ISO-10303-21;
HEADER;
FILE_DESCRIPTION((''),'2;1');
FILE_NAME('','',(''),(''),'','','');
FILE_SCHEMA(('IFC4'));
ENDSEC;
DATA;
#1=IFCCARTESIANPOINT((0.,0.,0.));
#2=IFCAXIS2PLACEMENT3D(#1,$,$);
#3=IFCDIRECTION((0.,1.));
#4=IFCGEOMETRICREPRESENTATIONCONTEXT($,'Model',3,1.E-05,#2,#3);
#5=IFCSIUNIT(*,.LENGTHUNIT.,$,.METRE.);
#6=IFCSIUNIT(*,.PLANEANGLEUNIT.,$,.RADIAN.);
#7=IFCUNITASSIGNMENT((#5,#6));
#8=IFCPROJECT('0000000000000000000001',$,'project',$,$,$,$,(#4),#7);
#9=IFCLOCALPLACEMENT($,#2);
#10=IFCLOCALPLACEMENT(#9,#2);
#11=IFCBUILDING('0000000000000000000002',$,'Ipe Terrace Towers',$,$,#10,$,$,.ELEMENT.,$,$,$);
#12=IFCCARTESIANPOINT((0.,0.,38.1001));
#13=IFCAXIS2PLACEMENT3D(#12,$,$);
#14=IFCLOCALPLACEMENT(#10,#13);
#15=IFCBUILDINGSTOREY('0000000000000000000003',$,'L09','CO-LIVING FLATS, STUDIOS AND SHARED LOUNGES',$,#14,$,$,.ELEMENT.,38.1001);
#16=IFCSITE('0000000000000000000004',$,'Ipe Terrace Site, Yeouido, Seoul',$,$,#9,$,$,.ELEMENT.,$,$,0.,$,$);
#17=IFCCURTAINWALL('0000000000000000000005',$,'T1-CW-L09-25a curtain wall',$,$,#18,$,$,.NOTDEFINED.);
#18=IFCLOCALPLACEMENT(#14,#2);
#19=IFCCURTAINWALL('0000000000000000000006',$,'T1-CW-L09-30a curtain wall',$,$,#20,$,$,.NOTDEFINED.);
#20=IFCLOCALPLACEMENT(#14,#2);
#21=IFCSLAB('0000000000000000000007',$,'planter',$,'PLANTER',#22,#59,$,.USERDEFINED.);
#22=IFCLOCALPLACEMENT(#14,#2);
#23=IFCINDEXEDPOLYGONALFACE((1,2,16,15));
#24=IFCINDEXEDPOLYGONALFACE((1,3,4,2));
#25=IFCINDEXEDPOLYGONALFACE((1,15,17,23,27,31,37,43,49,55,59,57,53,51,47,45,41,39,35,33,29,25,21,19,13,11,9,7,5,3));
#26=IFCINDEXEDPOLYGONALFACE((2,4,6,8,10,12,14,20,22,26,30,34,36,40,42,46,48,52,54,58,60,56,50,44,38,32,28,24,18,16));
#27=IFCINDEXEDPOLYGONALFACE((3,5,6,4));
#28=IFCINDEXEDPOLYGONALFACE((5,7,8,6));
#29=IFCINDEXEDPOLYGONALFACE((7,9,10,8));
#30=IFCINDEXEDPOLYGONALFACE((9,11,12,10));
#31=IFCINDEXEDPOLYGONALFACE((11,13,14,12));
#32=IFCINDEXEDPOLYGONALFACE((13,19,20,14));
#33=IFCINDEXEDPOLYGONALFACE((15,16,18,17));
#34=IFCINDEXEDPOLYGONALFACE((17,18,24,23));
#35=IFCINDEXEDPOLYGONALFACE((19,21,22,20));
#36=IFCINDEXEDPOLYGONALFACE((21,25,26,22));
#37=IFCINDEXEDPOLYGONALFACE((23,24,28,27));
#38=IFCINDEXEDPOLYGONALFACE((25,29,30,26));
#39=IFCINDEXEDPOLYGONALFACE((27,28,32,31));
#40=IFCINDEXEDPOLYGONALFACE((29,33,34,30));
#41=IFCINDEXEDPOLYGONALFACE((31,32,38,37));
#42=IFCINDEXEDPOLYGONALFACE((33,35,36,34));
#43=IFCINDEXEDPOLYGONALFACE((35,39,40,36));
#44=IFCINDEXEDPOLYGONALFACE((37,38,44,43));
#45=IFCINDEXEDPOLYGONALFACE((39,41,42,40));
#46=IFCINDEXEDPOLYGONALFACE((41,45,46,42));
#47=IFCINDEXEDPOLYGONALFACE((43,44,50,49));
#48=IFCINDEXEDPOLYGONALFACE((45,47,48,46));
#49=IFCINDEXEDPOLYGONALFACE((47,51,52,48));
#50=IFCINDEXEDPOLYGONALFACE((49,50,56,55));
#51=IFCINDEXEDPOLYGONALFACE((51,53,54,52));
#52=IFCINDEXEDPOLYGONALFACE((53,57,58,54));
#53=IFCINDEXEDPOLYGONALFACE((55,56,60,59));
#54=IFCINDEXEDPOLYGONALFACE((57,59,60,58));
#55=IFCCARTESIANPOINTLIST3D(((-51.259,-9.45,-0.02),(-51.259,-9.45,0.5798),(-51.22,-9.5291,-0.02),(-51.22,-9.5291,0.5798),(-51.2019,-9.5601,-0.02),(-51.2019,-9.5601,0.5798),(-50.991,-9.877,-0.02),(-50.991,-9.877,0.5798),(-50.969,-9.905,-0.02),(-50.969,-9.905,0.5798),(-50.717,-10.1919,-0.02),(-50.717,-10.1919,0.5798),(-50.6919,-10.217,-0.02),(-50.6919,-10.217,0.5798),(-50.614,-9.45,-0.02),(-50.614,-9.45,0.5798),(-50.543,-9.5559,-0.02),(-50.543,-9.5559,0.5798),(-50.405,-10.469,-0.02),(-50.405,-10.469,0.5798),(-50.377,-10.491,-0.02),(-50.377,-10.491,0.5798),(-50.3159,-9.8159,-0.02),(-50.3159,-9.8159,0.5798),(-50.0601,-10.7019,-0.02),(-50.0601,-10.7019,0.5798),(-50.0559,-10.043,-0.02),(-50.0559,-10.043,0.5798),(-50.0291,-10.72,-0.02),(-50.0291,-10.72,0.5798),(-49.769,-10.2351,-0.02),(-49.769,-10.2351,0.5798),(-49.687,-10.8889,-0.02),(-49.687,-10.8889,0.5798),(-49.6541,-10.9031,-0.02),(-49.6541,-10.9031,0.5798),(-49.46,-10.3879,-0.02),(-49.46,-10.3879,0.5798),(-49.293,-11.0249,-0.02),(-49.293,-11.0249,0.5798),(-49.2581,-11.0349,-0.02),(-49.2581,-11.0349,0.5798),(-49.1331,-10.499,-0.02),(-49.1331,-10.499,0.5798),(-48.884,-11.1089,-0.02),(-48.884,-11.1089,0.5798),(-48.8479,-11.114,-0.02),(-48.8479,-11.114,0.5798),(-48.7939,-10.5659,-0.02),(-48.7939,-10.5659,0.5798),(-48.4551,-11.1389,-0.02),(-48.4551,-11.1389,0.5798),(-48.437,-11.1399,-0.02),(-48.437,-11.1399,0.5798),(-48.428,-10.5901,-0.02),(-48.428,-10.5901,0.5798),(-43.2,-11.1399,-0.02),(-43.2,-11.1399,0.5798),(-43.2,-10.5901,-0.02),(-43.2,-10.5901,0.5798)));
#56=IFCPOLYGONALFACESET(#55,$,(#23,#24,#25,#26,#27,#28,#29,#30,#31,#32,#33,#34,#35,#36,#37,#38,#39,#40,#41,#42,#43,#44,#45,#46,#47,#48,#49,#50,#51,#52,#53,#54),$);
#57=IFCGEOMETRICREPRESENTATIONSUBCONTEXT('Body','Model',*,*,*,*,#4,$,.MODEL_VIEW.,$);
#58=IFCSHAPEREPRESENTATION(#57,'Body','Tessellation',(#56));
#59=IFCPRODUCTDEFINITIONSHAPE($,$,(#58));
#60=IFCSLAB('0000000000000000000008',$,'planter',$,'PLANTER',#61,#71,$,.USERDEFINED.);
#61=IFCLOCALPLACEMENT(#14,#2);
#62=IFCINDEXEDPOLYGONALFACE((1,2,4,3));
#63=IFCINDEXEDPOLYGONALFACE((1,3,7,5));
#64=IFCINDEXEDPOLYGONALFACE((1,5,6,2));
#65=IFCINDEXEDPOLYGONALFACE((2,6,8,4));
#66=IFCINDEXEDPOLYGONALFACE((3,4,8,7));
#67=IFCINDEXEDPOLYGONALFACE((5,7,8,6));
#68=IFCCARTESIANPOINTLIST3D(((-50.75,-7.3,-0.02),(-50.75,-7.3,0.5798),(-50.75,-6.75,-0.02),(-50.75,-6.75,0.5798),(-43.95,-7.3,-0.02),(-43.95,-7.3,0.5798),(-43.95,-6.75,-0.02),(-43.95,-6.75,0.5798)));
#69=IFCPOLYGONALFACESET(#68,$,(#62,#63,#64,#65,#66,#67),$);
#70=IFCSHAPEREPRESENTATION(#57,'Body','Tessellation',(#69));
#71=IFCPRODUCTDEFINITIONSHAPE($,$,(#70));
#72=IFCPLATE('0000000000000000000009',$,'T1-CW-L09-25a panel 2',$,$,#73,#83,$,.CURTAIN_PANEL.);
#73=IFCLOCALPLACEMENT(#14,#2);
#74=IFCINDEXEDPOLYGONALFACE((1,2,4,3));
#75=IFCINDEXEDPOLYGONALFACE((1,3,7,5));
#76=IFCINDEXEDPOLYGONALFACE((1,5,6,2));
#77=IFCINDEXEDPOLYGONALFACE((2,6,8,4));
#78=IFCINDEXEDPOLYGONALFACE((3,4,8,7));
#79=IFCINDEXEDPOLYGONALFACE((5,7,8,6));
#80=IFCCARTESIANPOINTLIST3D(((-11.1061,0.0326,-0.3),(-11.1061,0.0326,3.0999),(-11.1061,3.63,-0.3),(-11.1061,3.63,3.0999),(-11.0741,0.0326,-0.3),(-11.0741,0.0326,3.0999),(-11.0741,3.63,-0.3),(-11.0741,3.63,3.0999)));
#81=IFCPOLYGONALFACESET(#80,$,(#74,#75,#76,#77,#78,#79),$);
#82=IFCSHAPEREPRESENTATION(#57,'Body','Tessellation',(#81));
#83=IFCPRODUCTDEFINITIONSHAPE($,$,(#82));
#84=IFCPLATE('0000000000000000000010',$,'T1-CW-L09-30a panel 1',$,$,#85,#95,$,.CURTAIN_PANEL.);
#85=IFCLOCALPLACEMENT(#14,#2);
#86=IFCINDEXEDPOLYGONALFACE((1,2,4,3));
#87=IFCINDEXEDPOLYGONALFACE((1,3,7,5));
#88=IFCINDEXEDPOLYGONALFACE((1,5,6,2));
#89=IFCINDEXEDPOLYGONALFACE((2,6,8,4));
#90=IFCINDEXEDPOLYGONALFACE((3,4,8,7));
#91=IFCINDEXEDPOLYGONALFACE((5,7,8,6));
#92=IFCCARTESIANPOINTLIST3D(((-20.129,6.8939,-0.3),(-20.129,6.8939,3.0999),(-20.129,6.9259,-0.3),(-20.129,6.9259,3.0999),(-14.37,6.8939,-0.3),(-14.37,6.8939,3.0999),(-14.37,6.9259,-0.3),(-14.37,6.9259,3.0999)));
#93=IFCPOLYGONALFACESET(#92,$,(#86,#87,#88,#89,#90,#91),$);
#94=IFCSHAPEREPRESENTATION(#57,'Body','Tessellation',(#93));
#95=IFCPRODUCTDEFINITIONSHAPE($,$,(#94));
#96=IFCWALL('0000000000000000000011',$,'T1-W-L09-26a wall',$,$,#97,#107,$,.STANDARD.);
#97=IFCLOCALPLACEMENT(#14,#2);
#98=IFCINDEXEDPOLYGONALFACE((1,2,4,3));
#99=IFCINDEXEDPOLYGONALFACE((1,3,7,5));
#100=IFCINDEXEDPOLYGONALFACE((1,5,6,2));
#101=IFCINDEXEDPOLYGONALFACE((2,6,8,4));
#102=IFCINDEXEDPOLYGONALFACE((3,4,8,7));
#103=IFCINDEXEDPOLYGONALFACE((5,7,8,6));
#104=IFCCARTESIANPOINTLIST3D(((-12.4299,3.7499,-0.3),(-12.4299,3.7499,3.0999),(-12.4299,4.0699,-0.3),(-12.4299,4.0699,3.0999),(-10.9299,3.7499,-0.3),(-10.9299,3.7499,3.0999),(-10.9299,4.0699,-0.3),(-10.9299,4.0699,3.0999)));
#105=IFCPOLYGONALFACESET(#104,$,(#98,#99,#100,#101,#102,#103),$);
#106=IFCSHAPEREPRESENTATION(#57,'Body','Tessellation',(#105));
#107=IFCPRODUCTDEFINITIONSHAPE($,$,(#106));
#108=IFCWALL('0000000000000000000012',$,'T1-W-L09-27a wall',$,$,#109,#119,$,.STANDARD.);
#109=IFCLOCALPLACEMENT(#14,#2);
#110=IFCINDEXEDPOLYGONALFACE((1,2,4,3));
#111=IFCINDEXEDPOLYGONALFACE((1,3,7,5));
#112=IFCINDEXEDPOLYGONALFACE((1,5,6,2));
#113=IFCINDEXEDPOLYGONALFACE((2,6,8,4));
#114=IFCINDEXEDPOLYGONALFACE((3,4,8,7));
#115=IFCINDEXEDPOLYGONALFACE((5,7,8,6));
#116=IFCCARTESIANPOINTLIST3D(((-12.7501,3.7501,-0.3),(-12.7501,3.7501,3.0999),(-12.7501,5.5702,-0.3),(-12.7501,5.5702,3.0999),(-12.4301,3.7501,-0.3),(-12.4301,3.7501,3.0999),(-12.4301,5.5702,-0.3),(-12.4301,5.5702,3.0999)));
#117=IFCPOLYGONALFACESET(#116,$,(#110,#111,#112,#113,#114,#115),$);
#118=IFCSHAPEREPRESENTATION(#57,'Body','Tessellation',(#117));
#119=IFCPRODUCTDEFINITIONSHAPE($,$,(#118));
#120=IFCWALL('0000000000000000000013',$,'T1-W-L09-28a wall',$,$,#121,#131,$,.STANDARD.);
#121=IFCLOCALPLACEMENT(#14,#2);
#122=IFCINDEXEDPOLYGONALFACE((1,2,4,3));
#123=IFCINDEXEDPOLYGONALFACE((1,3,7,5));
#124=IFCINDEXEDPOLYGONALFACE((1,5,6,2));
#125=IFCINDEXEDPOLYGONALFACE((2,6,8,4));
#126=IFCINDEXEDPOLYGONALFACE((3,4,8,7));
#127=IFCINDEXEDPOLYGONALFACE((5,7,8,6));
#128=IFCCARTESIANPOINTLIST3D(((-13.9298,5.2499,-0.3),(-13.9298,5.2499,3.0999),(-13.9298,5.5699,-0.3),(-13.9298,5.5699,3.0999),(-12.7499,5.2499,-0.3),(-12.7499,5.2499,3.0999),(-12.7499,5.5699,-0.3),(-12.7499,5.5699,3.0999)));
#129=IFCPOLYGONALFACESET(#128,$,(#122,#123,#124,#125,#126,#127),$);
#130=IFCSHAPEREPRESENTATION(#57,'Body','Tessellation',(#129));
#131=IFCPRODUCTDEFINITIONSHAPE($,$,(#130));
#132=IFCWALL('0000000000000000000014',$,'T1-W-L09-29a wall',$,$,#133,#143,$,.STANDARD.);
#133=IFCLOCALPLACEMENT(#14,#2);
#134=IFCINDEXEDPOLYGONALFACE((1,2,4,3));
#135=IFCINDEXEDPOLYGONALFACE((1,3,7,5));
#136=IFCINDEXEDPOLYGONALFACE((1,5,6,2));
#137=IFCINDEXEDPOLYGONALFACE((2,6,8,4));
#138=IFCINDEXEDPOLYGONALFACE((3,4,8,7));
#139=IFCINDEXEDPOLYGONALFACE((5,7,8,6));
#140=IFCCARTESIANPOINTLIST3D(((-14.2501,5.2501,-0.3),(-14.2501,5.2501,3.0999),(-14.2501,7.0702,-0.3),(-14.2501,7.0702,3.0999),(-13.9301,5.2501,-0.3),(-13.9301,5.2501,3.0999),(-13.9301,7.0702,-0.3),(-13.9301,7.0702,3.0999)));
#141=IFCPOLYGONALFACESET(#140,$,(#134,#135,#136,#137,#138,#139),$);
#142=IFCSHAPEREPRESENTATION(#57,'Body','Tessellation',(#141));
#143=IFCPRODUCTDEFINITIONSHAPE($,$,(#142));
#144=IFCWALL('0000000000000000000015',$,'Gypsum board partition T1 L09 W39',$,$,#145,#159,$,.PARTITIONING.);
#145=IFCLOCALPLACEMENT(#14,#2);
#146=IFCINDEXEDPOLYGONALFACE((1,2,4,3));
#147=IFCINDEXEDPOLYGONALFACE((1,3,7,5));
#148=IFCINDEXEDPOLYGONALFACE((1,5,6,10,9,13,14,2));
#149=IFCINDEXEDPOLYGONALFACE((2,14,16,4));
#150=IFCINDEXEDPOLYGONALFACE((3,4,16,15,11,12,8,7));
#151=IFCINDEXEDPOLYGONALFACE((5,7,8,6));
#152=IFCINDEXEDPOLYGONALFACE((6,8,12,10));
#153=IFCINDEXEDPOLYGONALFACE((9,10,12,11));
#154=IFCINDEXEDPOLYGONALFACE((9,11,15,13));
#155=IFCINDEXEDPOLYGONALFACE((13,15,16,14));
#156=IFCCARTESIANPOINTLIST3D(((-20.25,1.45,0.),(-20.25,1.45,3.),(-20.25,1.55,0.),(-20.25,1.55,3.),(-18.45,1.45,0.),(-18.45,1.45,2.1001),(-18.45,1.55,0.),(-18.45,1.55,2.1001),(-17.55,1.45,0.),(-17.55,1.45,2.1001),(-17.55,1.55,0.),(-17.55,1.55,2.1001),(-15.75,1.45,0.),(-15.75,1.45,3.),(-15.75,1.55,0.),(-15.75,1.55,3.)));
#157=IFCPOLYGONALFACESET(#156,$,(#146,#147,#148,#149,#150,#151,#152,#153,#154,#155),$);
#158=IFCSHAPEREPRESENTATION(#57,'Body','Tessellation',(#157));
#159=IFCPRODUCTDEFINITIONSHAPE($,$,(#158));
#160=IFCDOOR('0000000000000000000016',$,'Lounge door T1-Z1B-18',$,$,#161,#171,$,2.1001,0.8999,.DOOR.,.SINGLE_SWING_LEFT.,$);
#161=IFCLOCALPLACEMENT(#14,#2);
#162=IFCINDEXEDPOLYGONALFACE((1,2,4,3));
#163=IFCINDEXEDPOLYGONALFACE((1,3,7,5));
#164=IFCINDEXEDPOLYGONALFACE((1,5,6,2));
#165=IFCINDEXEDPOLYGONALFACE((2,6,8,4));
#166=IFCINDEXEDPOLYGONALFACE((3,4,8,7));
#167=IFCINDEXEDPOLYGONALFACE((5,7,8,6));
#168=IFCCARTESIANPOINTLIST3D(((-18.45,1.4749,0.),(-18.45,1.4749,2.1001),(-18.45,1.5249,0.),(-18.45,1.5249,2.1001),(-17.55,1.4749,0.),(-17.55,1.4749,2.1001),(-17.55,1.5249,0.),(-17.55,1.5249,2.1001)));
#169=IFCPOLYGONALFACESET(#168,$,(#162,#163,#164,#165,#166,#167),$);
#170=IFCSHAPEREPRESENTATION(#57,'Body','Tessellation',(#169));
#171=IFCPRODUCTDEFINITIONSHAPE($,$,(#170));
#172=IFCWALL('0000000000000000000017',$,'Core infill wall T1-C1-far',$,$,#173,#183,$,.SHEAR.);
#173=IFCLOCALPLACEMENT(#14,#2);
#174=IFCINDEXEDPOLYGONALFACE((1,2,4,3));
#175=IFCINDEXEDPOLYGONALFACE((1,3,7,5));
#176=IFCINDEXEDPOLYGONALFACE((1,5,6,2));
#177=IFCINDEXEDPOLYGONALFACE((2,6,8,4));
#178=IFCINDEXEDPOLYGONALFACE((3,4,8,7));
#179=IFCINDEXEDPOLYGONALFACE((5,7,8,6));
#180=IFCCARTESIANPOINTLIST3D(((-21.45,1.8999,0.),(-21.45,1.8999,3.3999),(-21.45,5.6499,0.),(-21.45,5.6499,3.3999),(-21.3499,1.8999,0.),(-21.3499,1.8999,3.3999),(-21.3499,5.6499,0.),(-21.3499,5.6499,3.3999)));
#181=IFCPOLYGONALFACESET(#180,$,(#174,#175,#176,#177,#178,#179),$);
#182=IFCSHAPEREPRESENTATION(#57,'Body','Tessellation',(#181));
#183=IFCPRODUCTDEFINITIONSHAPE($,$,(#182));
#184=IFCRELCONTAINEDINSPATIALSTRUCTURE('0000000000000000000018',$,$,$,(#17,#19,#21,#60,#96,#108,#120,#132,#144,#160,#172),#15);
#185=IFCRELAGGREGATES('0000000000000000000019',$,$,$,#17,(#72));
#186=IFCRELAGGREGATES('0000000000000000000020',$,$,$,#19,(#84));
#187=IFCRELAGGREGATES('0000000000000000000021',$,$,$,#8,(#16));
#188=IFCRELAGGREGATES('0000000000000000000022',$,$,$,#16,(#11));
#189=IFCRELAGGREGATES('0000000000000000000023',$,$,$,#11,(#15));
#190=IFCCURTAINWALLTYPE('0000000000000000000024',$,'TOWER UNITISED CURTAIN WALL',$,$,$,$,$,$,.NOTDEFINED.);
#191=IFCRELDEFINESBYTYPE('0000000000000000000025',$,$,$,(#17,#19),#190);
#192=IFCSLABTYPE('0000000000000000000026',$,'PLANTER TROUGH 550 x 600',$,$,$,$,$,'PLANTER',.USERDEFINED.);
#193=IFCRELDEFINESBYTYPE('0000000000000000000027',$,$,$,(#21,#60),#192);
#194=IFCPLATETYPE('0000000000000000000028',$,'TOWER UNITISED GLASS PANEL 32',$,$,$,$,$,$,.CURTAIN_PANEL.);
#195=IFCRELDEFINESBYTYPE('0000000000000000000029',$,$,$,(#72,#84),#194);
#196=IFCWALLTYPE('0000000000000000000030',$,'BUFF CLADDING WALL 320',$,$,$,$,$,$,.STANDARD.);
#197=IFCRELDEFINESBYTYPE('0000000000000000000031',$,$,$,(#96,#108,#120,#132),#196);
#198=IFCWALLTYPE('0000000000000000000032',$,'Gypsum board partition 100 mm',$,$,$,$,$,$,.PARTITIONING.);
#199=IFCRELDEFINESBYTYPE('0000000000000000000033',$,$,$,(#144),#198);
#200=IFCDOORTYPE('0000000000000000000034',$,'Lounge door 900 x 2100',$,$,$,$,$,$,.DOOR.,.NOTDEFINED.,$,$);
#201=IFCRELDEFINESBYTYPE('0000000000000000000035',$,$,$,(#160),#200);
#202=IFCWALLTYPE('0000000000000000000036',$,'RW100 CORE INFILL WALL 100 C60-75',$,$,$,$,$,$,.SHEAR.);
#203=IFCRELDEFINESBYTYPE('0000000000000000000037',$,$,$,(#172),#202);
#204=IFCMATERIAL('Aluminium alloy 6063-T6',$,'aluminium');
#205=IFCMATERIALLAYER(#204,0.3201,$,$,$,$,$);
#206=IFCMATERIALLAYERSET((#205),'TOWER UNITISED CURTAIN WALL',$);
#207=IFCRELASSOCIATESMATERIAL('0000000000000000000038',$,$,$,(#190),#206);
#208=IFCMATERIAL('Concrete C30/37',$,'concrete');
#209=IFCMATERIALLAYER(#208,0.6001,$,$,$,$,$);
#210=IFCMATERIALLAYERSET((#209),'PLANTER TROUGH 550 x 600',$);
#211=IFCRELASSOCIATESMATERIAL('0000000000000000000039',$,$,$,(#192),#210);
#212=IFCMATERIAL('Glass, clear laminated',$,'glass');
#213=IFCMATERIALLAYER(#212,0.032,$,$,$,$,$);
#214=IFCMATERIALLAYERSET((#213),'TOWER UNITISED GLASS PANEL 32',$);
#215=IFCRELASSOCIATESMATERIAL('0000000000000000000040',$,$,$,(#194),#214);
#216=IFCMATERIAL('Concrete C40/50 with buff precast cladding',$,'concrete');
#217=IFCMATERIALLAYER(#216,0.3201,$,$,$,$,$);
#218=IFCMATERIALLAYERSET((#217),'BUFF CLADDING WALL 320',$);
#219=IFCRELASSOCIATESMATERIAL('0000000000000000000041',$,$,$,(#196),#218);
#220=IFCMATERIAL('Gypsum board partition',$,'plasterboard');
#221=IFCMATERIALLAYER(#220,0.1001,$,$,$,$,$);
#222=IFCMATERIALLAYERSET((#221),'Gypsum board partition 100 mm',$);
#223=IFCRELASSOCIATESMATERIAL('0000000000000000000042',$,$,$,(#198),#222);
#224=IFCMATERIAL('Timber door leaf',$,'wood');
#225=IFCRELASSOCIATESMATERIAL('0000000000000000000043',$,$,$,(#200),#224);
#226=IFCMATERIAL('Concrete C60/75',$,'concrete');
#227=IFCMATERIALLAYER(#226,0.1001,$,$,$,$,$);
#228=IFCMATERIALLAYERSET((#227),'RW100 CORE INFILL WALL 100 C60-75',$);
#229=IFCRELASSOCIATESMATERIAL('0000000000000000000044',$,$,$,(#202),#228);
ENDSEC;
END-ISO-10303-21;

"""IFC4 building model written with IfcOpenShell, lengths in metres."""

from ifc_helpers import new_model, si_unit, direction, frame, frame_2d, origin, origin_2d, place, context, subcontext, project, spatial, polyline, rectangle, outline, extrude, material, layer, layer_set, type_object, element, fill, aggregate, save


model = new_model("IFC4")

# Units and contexts
model_context = context("Model", 3, precision=1e-05, world=origin(), true_north=direction((0.0, 1.0)))
body_context = subcontext(model_context, "Body", "Model", "MODEL_VIEW")
ifc_project = project(units=[si_unit("LENGTHUNIT", "METRE"), si_unit("PLANEANGLEUNIT", "RADIAN")], contexts=[model_context])

# Site, building, storey
site_placement = place(None, origin())
site = spatial("IfcSite", under=ifc_project, at=site_placement, Name="Ipe Terrace Site, Yeouido, Seoul", CompositionType="ELEMENT", RefElevation=0.0)
building_placement = place(site_placement, origin())
building = spatial("IfcBuilding", under=site, at=building_placement, Name="Ipe Terrace Towers", CompositionType="ELEMENT")
storey_placement = place(building_placement, frame((0.0, 0.0, 38.1001)))
storey = spatial("IfcBuildingStorey", under=building, at=storey_placement, Name="L09", Description="CO-LIVING FLATS, STUDIOS AND SHARED LOUNGES", CompositionType="ELEMENT", Elevation=38.1001)

# Curtain wall
ifc_material_1 = material(Name="Aluminium alloy 6063-T6", Category="aluminium")
ifc_layer_1 = layer(ifc_material_1, 0.3201)
ifc_layer_set_1 = layer_set([ifc_layer_1], Name="TOWER UNITISED CURTAIN WALL")
curtain_wall_type = type_object("IfcCurtainWallType", Name="TOWER UNITISED CURTAIN WALL", PredefinedType="NOTDEFINED", material=ifc_layer_set_1)
curtain_wall_1_placement = place(storey_placement, origin())
curtain_wall_1 = element("IfcCurtainWall", 1, at=curtain_wall_1_placement, inside=storey, type_object=curtain_wall_type, Name="T1-CW-L09-25a curtain wall", PredefinedType="NOTDEFINED")

# Curtain wall
curtain_wall_2_placement = place(storey_placement, origin())
curtain_wall_2 = element("IfcCurtainWall", 2, at=curtain_wall_2_placement, inside=storey, type_object=curtain_wall_type, Name="T1-CW-L09-30a curtain wall", PredefinedType="NOTDEFINED")

# Slabs
ifc_material_2 = material(Name="Concrete C30/37", Category="concrete")
ifc_layer_2 = layer(ifc_material_2, 0.6001)
ifc_layer_set_2 = layer_set([ifc_layer_2], Name="PLANTER TROUGH 550 x 600")
slab_type_1 = type_object("IfcSlabType", Name="PLANTER TROUGH 550 x 600", ElementType="PLANTER", PredefinedType="USERDEFINED", material=ifc_layer_set_2)
slab_1_placement = place(storey_placement, frame((0.0, 0.0, -0.02)))
element("IfcSlab", 3, at=slab_1_placement, inside=storey, type_object=slab_type_1, Name="planter", ObjectType="PLANTER", PredefinedType="USERDEFINED", context=body_context, shape_type="SweptSolid", body=[
    extrude(outline(polyline([(-50.543, -9.5559), (-50.614, -9.45), (-51.259, -9.45), (-51.22, -9.5291), (-51.2019, -9.5601), (-50.991, -9.877), (-50.969, -9.905), (-50.717, -10.1919), (-50.6919, -10.217), (-50.405, -10.469), (-50.377, -10.491), (-50.0601, -10.7019), (-50.0291, -10.72), (-49.687, -10.8889), (-49.6541, -10.9031), (-49.293, -11.0249), (-49.2581, -11.0349), (-48.884, -11.1089), (-48.8479, -11.114), (-48.4551, -11.1389), (-48.437, -11.1399), (-43.2, -11.1399), (-43.2, -10.5901), (-48.428, -10.5901), (-48.7939, -10.5659), (-49.1331, -10.499), (-49.46, -10.3879), (-49.769, -10.2351), (-50.0559, -10.043), (-50.3159, -9.8159), (-50.543, -9.5559)])), origin(), (0.0, 0.0, 1.0), 0.5999),
])
slab_2_placement = place(storey_placement, frame((0.0, 0.0, -0.02)))
element("IfcSlab", 4, at=slab_2_placement, inside=storey, type_object=slab_type_1, Name="planter", ObjectType="PLANTER", PredefinedType="USERDEFINED", context=body_context, shape_type="SweptSolid", body=[
    extrude(outline(polyline([(-43.95, -6.75), (-50.75, -6.75), (-50.75, -7.3), (-43.95, -7.3), (-43.95, -6.75)])), origin(), (0.0, 0.0, 1.0), 0.5999),
])

# Plates
ifc_material_3 = material(Name="Glass, clear laminated", Category="glass")
ifc_layer_3 = layer(ifc_material_3, 0.032)
ifc_layer_set_3 = layer_set([ifc_layer_3], Name="TOWER UNITISED GLASS PANEL 32")
plate_type = type_object("IfcPlateType", Name="TOWER UNITISED GLASS PANEL 32", PredefinedType="CURTAIN_PANEL", material=ifc_layer_set_3)
plate_1_placement = place(storey_placement, frame((-11.0901, 1.8313, -0.3), z_axis=(0.0, 0.0, 1.0), x_axis=(0.0, 1.0, 0.0)))
plate_1 = element("IfcPlate", 5, at=plate_1_placement, type_object=plate_type, Name="T1-CW-L09-25a panel 2", PredefinedType="CURTAIN_PANEL", context=body_context, shape_type="SweptSolid", body=[
    extrude(rectangle(XDim=3.5974, YDim=0.032, at=origin_2d()), origin(), (0.0, 0.0, 1.0), 3.3999),
])
aggregate(curtain_wall_1, [plate_1])
plate_2_placement = place(storey_placement, frame((-17.2495, 6.9099, -0.3), z_axis=(0.0, 0.0, 1.0), x_axis=(-1.0, 0.0, 0.0)))
plate_2 = element("IfcPlate", 6, at=plate_2_placement, type_object=plate_type, Name="T1-CW-L09-30a panel 1", PredefinedType="CURTAIN_PANEL", context=body_context, shape_type="SweptSolid", body=[
    extrude(rectangle(XDim=5.759, YDim=0.032, at=origin_2d()), origin(), (0.0, 0.0, 1.0), 3.3999),
])
aggregate(curtain_wall_2, [plate_2])

# Walls
ifc_material_4 = material(Name="Concrete C40/50 with buff precast cladding", Category="concrete")
ifc_layer_4 = layer(ifc_material_4, 0.3201)
ifc_layer_set_4 = layer_set([ifc_layer_4], Name="BUFF CLADDING WALL 320")
wall_type_1 = type_object("IfcWallType", Name="BUFF CLADDING WALL 320", PredefinedType="STANDARD", material=ifc_layer_set_4)
wall_1_placement = place(storey_placement, frame((-10.9299, 3.9099, -0.3), z_axis=(0.0, 0.0, 1.0), x_axis=(-1.0, 0.0, 0.0)))
element("IfcWall", 7, at=wall_1_placement, inside=storey, type_object=wall_type_1, Name="T1-W-L09-26a wall", PredefinedType="STANDARD", context=body_context, shape_type="SweptSolid", body=[
    extrude(rectangle(XDim=1.5, YDim=0.3201, at=frame_2d((0.75, 0.0))), origin(), (0.0, 0.0, 1.0), 3.3999),
])
wall_2_placement = place(storey_placement, frame((-12.5901, 3.75, -0.3), z_axis=(0.0, 0.0, 1.0), x_axis=(0.0, 1.0, 0.0)))
element("IfcWall", 8, at=wall_2_placement, inside=storey, type_object=wall_type_1, Name="T1-W-L09-27a wall", PredefinedType="STANDARD", context=body_context, shape_type="SweptSolid", body=[
    extrude(rectangle(XDim=1.8201, YDim=0.3201, at=frame_2d((0.9102, 0.0))), origin(), (0.0, 0.0, 1.0), 3.3999),
])
wall_3_placement = place(storey_placement, frame((-12.75, 5.4099, -0.3), z_axis=(0.0, 0.0, 1.0), x_axis=(-1.0, 0.0, 0.0)))
element("IfcWall", 9, at=wall_3_placement, inside=storey, type_object=wall_type_1, Name="T1-W-L09-28a wall", PredefinedType="STANDARD", context=body_context, shape_type="SweptSolid", body=[
    extrude(rectangle(XDim=1.1799, YDim=0.3201, at=frame_2d((0.5898, 0.0))), origin(), (0.0, 0.0, 1.0), 3.3999),
])
wall_4_placement = place(storey_placement, frame((-14.0901, 5.25, -0.3), z_axis=(0.0, 0.0, 1.0), x_axis=(0.0, 1.0, 0.0)))
element("IfcWall", 10, at=wall_4_placement, inside=storey, type_object=wall_type_1, Name="T1-W-L09-29a wall", PredefinedType="STANDARD", context=body_context, shape_type="SweptSolid", body=[
    extrude(rectangle(XDim=1.8201, YDim=0.3201, at=frame_2d((0.9102, 0.0))), origin(), (0.0, 0.0, 1.0), 3.3999),
])

# Wall, opening, door
ifc_material_5 = material(Name="Gypsum board partition", Category="plasterboard")
ifc_layer_5 = layer(ifc_material_5, 0.1001)
ifc_layer_set_5 = layer_set([ifc_layer_5], Name="Gypsum board partition 100 mm")
wall_type_2 = type_object("IfcWallType", Name="Gypsum board partition 100 mm", PredefinedType="PARTITIONING", material=ifc_layer_set_5)
wall_5_placement = place(storey_placement, frame((-20.25, 1.5, 0.0), z_axis=(0.0, 0.0, 1.0), x_axis=(1.0, 0.0, 0.0)))
wall_5 = element("IfcWall", 11, at=wall_5_placement, inside=storey, type_object=wall_type_2, Name="Gypsum board partition T1 L09 W39", PredefinedType="PARTITIONING", context=body_context, shape_type="SweptSolid", body=[
    extrude(rectangle(XDim=4.5, YDim=0.1001, at=frame_2d((2.25, 0.0))), origin(), (0.0, 0.0, 1.0), 3.0),
])
opening_placement = place(wall_5_placement, frame((1.8, 0.0, 0.0)))
opening = element("IfcOpeningElement", 12, at=opening_placement, cuts=wall_5, PredefinedType="OPENING", context=body_context, shape_type="SweptSolid", body=[
    extrude(rectangle(XDim=0.8999, YDim=2.1001, at=frame_2d((0.45, 1.05))), frame((0.0, 0.0601, 0.0), z_axis=(0.0, -1.0, 0.0), x_axis=(1.0, 0.0, 0.0)), (0.0, 0.0, 1.0), 0.1201),
])
ifc_material_6 = material(Name="Timber door leaf", Category="wood")
door_type = type_object("IfcDoorType", Name="Lounge door 900 x 2100", OperationType="NOTDEFINED", PredefinedType="DOOR", material=ifc_material_6)
door_placement = place(opening_placement, origin())
door = element("IfcDoor", 13, at=door_placement, inside=storey, type_object=door_type, Name="Lounge door T1-Z1B-18", OperationType="SINGLE_SWING_LEFT", OverallHeight=2.1001, OverallWidth=0.8999, PredefinedType="DOOR", context=body_context, shape_type="SweptSolid", body=[
    extrude(rectangle(XDim=0.8999, YDim=2.1001, at=frame_2d((0.45, 1.05))), frame((0.0, 0.0249, 0.0), z_axis=(0.0, -1.0, 0.0), x_axis=(1.0, 0.0, 0.0)), (0.0, 0.0, 1.0), 0.05),
])
fill(opening, door)

# Wall
ifc_material_7 = material(Name="Concrete C60/75", Category="concrete")
ifc_layer_6 = layer(ifc_material_7, 0.1001)
ifc_layer_set_6 = layer_set([ifc_layer_6], Name="RW100 CORE INFILL WALL 100 C60-75")
wall_type_3 = type_object("IfcWallType", Name="RW100 CORE INFILL WALL 100 C60-75", PredefinedType="SHEAR", material=ifc_layer_set_6)
wall_6_placement = place(storey_placement, frame((-21.3999, 1.8999, 0.0), z_axis=(0.0, 0.0, 1.0), x_axis=(0.0, 1.0, 0.0)))
element("IfcWall", 14, at=wall_6_placement, inside=storey, type_object=wall_type_3, Name="Core infill wall T1-C1-far", PredefinedType="SHEAR", context=body_context, shape_type="SweptSolid", body=[
    extrude(rectangle(XDim=3.75, YDim=0.1001, at=frame_2d((1.875, 0.0))), origin(), (0.0, 0.0, 1.0), 3.3999),
])

save(model, "model.ifc")
